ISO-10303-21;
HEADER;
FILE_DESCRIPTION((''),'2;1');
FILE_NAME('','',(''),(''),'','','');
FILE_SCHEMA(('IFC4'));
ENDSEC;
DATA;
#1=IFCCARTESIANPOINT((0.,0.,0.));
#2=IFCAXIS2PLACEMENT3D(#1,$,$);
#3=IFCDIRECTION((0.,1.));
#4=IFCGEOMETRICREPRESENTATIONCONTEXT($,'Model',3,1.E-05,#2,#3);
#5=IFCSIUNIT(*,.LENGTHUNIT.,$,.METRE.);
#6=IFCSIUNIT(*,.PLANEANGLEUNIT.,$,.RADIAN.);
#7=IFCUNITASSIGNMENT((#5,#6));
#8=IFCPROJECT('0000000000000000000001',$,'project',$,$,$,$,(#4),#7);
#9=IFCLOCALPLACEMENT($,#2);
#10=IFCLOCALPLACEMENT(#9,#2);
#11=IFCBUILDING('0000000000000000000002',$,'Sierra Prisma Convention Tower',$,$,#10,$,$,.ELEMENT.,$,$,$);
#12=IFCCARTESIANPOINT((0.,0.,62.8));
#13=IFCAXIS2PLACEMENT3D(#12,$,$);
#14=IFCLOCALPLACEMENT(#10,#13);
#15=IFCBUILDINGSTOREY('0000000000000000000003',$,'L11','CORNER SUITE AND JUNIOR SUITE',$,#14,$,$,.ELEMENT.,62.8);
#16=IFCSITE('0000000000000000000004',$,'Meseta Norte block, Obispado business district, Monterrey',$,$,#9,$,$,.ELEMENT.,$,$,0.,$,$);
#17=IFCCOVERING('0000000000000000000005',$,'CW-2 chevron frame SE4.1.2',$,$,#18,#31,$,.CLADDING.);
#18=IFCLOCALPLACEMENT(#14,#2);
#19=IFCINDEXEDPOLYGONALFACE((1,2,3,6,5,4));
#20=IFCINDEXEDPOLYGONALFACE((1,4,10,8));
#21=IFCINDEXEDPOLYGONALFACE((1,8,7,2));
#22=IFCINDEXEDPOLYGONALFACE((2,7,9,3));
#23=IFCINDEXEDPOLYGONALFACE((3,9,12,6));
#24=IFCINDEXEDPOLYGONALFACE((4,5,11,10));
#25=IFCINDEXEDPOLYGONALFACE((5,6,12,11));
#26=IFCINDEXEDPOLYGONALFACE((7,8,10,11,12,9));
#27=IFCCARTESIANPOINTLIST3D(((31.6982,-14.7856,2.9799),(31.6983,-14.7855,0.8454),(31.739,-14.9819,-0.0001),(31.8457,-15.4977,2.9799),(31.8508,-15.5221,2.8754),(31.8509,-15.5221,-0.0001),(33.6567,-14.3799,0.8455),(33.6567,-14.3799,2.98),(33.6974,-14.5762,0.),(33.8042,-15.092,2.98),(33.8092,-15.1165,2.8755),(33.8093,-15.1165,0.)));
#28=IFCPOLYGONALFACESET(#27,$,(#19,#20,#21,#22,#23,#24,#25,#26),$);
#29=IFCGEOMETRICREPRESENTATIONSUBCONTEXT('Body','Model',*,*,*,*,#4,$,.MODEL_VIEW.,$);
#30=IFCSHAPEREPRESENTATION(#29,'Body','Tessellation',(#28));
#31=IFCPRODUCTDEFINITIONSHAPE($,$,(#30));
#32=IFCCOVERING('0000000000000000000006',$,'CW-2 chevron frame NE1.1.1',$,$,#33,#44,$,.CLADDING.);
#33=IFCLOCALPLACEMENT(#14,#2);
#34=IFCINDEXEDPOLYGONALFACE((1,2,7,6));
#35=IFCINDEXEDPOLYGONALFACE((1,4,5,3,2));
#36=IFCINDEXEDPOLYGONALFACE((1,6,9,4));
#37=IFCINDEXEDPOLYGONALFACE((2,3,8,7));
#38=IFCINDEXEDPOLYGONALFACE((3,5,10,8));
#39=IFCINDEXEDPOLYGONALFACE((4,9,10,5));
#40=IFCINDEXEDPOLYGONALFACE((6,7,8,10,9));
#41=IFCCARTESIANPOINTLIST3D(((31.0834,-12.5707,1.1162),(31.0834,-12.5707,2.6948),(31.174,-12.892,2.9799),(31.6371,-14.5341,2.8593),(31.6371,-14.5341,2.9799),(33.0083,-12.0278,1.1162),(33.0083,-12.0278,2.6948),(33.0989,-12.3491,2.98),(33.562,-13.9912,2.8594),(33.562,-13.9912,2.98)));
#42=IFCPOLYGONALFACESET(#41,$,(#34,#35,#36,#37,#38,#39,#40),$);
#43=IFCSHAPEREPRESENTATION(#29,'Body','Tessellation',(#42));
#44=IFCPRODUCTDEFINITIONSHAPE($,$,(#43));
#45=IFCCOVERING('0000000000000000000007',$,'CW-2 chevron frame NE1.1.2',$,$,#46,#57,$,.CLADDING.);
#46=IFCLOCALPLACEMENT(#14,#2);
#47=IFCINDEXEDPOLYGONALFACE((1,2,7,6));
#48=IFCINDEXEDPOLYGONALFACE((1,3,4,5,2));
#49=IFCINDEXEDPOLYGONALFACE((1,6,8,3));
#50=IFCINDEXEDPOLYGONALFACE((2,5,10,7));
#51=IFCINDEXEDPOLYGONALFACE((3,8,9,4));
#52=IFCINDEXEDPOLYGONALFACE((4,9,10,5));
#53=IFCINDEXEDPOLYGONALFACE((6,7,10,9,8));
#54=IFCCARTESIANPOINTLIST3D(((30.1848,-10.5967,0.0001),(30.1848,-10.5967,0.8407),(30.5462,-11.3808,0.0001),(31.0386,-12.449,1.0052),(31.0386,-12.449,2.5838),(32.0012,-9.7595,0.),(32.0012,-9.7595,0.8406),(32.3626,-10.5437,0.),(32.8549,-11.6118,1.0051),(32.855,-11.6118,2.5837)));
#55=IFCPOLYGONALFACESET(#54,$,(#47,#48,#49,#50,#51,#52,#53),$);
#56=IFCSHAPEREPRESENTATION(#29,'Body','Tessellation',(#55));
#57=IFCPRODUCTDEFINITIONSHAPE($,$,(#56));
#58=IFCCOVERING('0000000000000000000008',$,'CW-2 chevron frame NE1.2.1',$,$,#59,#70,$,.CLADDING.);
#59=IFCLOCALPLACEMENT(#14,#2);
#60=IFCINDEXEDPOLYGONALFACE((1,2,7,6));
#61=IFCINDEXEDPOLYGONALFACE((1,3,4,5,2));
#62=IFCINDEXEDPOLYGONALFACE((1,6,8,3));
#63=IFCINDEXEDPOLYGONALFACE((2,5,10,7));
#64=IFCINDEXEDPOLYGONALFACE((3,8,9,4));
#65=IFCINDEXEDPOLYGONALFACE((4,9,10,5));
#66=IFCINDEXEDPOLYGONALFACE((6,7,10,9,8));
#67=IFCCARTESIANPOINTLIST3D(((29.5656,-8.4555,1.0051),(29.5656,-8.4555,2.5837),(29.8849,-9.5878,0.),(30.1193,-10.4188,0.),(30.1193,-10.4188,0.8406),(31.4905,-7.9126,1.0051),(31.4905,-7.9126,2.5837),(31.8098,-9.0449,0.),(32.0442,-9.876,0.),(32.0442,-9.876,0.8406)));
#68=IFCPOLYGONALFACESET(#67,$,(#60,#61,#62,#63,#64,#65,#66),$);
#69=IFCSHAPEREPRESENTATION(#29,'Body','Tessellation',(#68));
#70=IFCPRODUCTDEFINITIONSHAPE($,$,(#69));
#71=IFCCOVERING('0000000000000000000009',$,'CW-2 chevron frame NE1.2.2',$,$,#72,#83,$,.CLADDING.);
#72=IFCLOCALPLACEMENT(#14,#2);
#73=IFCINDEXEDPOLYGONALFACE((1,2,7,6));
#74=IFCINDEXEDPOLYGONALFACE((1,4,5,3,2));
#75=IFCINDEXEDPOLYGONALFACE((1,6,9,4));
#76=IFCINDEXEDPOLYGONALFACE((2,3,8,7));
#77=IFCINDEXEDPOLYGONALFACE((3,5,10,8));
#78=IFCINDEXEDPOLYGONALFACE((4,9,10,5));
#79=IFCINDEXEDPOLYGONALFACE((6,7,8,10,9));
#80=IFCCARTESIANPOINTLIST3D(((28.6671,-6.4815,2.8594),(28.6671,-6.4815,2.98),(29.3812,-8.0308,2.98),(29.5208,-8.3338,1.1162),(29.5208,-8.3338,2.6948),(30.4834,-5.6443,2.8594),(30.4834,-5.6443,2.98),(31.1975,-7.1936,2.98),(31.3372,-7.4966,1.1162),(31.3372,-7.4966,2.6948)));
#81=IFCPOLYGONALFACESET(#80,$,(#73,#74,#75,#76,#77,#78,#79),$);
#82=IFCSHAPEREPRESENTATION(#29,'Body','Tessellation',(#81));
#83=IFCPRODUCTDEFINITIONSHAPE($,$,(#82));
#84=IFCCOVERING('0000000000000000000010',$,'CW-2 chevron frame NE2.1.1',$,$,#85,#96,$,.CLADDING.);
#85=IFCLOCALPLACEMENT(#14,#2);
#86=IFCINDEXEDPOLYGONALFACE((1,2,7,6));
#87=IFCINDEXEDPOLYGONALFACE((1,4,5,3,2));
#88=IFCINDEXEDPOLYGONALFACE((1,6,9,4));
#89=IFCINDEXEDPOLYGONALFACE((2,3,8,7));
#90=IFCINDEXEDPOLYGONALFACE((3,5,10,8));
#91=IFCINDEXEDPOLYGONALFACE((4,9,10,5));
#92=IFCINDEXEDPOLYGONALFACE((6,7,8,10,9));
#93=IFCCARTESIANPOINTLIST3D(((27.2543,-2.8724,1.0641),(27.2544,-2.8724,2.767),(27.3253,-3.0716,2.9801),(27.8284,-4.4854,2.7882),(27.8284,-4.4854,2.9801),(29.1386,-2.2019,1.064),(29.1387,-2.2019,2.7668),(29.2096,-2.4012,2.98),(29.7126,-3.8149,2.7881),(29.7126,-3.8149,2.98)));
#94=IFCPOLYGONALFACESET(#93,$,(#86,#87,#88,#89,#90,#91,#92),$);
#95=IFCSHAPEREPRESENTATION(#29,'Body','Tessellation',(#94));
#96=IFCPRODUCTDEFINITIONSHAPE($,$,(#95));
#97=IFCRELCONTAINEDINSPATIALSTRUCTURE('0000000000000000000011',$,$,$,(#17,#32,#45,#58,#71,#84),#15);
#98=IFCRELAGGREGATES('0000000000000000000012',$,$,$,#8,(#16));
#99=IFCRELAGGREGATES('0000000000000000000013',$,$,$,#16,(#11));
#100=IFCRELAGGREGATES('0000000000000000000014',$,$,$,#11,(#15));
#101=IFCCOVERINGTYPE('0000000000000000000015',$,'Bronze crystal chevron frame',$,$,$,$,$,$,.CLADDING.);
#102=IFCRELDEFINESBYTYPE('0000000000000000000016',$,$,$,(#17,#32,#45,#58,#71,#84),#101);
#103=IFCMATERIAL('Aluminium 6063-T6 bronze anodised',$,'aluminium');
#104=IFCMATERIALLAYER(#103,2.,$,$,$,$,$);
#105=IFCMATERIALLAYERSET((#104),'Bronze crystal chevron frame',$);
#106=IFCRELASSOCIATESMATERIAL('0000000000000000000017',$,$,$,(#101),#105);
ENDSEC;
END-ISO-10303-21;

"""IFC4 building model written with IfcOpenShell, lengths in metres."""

from ifc_helpers import new_model, si_unit, direction, frame, origin, place, context, subcontext, project, spatial, polyline, outline, extrude, material, layer, layer_set, type_object, element, save


model = new_model("IFC4")

# Units and contexts
model_context = context("Model", 3, precision=1e-05, world=origin(), true_north=direction((0.0, 1.0)))
body_context = subcontext(model_context, "Body", "Model", "MODEL_VIEW")
ifc_project = project(units=[si_unit("LENGTHUNIT", "METRE"), si_unit("PLANEANGLEUNIT", "RADIAN")], contexts=[model_context])

# Site, building, storey
site_placement = place(None, origin())
site = spatial("IfcSite", under=ifc_project, at=site_placement, Name="Meseta Norte block, Obispado business district, Monterrey", CompositionType="ELEMENT", RefElevation=0.0)
building_placement = place(site_placement, origin())
building = spatial("IfcBuilding", under=site, at=building_placement, Name="Sierra Prisma Convention Tower", CompositionType="ELEMENT")
storey_placement = place(building_placement, frame((0.0, 0.0, 62.8)))
storey = spatial("IfcBuildingStorey", under=building, at=storey_placement, Name="L11", Description="CORNER SUITE AND JUNIOR SUITE", CompositionType="ELEMENT", Elevation=62.8)

# Coverings
ifc_material_1 = material(Name="Aluminium 6063-T6 bronze anodised", Category="aluminium")
ifc_layer_1 = layer(ifc_material_1, 2.0)
ifc_layer_set_1 = layer_set([ifc_layer_1], Name="Bronze crystal chevron frame")
covering_type = type_object("IfcCoveringType", Name="Bronze crystal chevron frame", PredefinedType="CLADDING", material=ifc_layer_set_1)
covering_1_placement = place(storey_placement, frame((33.8093, -15.1165, 0.0), z_axis=(0.979214, 0.20283, 0.00003), x_axis=(-0.20283, 0.979214, 0.0)))
element("IfcCovering", 1, at=covering_1_placement, inside=storey, type_object=covering_type, Name="CW-2 chevron frame SE4.1.2", PredefinedType="CLADDING", context=body_context, shape_type="SweptSolid", body=[
    extrude(outline(polyline([(0.0, 0.0), (0.5517, 0.0), (0.7522, 0.8455), (0.7522, 2.98), (0.0249, 2.98), (0.0, 2.8755), (0.0, 0.0)])), origin(), (0.0, 0.0, -1.0), 2.0),
])
covering_2_placement = place(storey_placement, frame((33.562, -13.9912, 2.98), z_axis=(0.962457, 0.271434, 0.000017), x_axis=(0.000016, 0.000005, -1.0)))
element("IfcCovering", 2, at=covering_2_placement, inside=storey, type_object=covering_type, Name="CW-2 chevron frame NE1.1.1", PredefinedType="CLADDING", context=body_context, shape_type="SweptSolid", body=[
    extrude(outline(polyline([(0.0, 0.0), (0.1206, 0.0), (1.8638, 2.04), (0.2852, 2.04), (0.0, 1.7062), (0.0, 0.0)])), origin(), (0.0, 0.0, -1.0), 2.0),
])
covering_3_placement = place(storey_placement, frame((32.855, -11.6118, 2.5837), z_axis=(0.908181, 0.418579, -0.000037), x_axis=(-0.000034, -0.000015, -1.0)))
element("IfcCovering", 3, at=covering_3_placement, inside=storey, type_object=covering_type, Name="CW-2 chevron frame NE1.1.2", PredefinedType="CLADDING", context=body_context, shape_type="SweptSolid", body=[
    extrude(outline(polyline([(0.0, 0.0), (1.5786, 0.0), (2.5837, 1.1762), (2.5837, 2.0396), (1.7432, 2.0396), (0.0, 0.0)])), origin(), (0.0, 0.0, -1.0), 2.0),
])
covering_4_placement = place(storey_placement, frame((31.8098, -9.0449, 0.0), z_axis=(0.962458, 0.271432, 0.0), x_axis=(-0.206372, 0.731764, 0.649563)))
element("IfcCovering", 4, at=covering_4_placement, inside=storey, type_object=covering_type, Name="CW-2 chevron frame NE1.2.1", PredefinedType="CLADDING", context=body_context, shape_type="SweptSolid", body=[
    extrude(outline(polyline([(0.0, 0.0), (1.5474, 0.0), (2.5728, 1.2002), (-0.1105, 1.2), (-0.6565, 0.5609), (0.0, 0.0)])), origin(), (0.0, 0.0, -1.0), 2.0),
])
covering_5_placement = place(storey_placement, frame((30.4834, -5.6443, 2.98), z_axis=(0.908173, 0.418595, 0.0), x_axis=(0.418595, -0.908173, 0.0)))
element("IfcCovering", 5, at=covering_5_placement, inside=storey, type_object=covering_type, Name="CW-2 chevron frame NE1.2.2", PredefinedType="CLADDING", context=body_context, shape_type="SweptSolid", body=[
    extrude(outline(polyline([(0.0, 0.0), (1.706, 0.0), (2.0396, 0.2852), (2.0396, 1.8638), (0.0, 0.1206), (0.0, 0.0)])), origin(), (0.0, 0.0, -1.0), 2.0),
])
covering_6_placement = place(storey_placement, frame((29.7126, -3.8149, 2.98), z_axis=(0.942135, 0.335235, -0.000071), x_axis=(-0.000067, -0.000024, -1.0)))
element("IfcCovering", 6, at=covering_6_placement, inside=storey, type_object=covering_type, Name="CW-2 chevron frame NE2.1.1", PredefinedType="CLADDING", context=body_context, shape_type="SweptSolid", body=[
    extrude(outline(polyline([(0.0, 0.0), (0.1919, 0.0), (1.916, 1.7121), (0.2131, 1.7121), (0.0, 1.5006), (0.0, 0.0)])), origin(), (0.0, 0.0, -1.0), 2.0),
])

save(model, "model.ifc")
